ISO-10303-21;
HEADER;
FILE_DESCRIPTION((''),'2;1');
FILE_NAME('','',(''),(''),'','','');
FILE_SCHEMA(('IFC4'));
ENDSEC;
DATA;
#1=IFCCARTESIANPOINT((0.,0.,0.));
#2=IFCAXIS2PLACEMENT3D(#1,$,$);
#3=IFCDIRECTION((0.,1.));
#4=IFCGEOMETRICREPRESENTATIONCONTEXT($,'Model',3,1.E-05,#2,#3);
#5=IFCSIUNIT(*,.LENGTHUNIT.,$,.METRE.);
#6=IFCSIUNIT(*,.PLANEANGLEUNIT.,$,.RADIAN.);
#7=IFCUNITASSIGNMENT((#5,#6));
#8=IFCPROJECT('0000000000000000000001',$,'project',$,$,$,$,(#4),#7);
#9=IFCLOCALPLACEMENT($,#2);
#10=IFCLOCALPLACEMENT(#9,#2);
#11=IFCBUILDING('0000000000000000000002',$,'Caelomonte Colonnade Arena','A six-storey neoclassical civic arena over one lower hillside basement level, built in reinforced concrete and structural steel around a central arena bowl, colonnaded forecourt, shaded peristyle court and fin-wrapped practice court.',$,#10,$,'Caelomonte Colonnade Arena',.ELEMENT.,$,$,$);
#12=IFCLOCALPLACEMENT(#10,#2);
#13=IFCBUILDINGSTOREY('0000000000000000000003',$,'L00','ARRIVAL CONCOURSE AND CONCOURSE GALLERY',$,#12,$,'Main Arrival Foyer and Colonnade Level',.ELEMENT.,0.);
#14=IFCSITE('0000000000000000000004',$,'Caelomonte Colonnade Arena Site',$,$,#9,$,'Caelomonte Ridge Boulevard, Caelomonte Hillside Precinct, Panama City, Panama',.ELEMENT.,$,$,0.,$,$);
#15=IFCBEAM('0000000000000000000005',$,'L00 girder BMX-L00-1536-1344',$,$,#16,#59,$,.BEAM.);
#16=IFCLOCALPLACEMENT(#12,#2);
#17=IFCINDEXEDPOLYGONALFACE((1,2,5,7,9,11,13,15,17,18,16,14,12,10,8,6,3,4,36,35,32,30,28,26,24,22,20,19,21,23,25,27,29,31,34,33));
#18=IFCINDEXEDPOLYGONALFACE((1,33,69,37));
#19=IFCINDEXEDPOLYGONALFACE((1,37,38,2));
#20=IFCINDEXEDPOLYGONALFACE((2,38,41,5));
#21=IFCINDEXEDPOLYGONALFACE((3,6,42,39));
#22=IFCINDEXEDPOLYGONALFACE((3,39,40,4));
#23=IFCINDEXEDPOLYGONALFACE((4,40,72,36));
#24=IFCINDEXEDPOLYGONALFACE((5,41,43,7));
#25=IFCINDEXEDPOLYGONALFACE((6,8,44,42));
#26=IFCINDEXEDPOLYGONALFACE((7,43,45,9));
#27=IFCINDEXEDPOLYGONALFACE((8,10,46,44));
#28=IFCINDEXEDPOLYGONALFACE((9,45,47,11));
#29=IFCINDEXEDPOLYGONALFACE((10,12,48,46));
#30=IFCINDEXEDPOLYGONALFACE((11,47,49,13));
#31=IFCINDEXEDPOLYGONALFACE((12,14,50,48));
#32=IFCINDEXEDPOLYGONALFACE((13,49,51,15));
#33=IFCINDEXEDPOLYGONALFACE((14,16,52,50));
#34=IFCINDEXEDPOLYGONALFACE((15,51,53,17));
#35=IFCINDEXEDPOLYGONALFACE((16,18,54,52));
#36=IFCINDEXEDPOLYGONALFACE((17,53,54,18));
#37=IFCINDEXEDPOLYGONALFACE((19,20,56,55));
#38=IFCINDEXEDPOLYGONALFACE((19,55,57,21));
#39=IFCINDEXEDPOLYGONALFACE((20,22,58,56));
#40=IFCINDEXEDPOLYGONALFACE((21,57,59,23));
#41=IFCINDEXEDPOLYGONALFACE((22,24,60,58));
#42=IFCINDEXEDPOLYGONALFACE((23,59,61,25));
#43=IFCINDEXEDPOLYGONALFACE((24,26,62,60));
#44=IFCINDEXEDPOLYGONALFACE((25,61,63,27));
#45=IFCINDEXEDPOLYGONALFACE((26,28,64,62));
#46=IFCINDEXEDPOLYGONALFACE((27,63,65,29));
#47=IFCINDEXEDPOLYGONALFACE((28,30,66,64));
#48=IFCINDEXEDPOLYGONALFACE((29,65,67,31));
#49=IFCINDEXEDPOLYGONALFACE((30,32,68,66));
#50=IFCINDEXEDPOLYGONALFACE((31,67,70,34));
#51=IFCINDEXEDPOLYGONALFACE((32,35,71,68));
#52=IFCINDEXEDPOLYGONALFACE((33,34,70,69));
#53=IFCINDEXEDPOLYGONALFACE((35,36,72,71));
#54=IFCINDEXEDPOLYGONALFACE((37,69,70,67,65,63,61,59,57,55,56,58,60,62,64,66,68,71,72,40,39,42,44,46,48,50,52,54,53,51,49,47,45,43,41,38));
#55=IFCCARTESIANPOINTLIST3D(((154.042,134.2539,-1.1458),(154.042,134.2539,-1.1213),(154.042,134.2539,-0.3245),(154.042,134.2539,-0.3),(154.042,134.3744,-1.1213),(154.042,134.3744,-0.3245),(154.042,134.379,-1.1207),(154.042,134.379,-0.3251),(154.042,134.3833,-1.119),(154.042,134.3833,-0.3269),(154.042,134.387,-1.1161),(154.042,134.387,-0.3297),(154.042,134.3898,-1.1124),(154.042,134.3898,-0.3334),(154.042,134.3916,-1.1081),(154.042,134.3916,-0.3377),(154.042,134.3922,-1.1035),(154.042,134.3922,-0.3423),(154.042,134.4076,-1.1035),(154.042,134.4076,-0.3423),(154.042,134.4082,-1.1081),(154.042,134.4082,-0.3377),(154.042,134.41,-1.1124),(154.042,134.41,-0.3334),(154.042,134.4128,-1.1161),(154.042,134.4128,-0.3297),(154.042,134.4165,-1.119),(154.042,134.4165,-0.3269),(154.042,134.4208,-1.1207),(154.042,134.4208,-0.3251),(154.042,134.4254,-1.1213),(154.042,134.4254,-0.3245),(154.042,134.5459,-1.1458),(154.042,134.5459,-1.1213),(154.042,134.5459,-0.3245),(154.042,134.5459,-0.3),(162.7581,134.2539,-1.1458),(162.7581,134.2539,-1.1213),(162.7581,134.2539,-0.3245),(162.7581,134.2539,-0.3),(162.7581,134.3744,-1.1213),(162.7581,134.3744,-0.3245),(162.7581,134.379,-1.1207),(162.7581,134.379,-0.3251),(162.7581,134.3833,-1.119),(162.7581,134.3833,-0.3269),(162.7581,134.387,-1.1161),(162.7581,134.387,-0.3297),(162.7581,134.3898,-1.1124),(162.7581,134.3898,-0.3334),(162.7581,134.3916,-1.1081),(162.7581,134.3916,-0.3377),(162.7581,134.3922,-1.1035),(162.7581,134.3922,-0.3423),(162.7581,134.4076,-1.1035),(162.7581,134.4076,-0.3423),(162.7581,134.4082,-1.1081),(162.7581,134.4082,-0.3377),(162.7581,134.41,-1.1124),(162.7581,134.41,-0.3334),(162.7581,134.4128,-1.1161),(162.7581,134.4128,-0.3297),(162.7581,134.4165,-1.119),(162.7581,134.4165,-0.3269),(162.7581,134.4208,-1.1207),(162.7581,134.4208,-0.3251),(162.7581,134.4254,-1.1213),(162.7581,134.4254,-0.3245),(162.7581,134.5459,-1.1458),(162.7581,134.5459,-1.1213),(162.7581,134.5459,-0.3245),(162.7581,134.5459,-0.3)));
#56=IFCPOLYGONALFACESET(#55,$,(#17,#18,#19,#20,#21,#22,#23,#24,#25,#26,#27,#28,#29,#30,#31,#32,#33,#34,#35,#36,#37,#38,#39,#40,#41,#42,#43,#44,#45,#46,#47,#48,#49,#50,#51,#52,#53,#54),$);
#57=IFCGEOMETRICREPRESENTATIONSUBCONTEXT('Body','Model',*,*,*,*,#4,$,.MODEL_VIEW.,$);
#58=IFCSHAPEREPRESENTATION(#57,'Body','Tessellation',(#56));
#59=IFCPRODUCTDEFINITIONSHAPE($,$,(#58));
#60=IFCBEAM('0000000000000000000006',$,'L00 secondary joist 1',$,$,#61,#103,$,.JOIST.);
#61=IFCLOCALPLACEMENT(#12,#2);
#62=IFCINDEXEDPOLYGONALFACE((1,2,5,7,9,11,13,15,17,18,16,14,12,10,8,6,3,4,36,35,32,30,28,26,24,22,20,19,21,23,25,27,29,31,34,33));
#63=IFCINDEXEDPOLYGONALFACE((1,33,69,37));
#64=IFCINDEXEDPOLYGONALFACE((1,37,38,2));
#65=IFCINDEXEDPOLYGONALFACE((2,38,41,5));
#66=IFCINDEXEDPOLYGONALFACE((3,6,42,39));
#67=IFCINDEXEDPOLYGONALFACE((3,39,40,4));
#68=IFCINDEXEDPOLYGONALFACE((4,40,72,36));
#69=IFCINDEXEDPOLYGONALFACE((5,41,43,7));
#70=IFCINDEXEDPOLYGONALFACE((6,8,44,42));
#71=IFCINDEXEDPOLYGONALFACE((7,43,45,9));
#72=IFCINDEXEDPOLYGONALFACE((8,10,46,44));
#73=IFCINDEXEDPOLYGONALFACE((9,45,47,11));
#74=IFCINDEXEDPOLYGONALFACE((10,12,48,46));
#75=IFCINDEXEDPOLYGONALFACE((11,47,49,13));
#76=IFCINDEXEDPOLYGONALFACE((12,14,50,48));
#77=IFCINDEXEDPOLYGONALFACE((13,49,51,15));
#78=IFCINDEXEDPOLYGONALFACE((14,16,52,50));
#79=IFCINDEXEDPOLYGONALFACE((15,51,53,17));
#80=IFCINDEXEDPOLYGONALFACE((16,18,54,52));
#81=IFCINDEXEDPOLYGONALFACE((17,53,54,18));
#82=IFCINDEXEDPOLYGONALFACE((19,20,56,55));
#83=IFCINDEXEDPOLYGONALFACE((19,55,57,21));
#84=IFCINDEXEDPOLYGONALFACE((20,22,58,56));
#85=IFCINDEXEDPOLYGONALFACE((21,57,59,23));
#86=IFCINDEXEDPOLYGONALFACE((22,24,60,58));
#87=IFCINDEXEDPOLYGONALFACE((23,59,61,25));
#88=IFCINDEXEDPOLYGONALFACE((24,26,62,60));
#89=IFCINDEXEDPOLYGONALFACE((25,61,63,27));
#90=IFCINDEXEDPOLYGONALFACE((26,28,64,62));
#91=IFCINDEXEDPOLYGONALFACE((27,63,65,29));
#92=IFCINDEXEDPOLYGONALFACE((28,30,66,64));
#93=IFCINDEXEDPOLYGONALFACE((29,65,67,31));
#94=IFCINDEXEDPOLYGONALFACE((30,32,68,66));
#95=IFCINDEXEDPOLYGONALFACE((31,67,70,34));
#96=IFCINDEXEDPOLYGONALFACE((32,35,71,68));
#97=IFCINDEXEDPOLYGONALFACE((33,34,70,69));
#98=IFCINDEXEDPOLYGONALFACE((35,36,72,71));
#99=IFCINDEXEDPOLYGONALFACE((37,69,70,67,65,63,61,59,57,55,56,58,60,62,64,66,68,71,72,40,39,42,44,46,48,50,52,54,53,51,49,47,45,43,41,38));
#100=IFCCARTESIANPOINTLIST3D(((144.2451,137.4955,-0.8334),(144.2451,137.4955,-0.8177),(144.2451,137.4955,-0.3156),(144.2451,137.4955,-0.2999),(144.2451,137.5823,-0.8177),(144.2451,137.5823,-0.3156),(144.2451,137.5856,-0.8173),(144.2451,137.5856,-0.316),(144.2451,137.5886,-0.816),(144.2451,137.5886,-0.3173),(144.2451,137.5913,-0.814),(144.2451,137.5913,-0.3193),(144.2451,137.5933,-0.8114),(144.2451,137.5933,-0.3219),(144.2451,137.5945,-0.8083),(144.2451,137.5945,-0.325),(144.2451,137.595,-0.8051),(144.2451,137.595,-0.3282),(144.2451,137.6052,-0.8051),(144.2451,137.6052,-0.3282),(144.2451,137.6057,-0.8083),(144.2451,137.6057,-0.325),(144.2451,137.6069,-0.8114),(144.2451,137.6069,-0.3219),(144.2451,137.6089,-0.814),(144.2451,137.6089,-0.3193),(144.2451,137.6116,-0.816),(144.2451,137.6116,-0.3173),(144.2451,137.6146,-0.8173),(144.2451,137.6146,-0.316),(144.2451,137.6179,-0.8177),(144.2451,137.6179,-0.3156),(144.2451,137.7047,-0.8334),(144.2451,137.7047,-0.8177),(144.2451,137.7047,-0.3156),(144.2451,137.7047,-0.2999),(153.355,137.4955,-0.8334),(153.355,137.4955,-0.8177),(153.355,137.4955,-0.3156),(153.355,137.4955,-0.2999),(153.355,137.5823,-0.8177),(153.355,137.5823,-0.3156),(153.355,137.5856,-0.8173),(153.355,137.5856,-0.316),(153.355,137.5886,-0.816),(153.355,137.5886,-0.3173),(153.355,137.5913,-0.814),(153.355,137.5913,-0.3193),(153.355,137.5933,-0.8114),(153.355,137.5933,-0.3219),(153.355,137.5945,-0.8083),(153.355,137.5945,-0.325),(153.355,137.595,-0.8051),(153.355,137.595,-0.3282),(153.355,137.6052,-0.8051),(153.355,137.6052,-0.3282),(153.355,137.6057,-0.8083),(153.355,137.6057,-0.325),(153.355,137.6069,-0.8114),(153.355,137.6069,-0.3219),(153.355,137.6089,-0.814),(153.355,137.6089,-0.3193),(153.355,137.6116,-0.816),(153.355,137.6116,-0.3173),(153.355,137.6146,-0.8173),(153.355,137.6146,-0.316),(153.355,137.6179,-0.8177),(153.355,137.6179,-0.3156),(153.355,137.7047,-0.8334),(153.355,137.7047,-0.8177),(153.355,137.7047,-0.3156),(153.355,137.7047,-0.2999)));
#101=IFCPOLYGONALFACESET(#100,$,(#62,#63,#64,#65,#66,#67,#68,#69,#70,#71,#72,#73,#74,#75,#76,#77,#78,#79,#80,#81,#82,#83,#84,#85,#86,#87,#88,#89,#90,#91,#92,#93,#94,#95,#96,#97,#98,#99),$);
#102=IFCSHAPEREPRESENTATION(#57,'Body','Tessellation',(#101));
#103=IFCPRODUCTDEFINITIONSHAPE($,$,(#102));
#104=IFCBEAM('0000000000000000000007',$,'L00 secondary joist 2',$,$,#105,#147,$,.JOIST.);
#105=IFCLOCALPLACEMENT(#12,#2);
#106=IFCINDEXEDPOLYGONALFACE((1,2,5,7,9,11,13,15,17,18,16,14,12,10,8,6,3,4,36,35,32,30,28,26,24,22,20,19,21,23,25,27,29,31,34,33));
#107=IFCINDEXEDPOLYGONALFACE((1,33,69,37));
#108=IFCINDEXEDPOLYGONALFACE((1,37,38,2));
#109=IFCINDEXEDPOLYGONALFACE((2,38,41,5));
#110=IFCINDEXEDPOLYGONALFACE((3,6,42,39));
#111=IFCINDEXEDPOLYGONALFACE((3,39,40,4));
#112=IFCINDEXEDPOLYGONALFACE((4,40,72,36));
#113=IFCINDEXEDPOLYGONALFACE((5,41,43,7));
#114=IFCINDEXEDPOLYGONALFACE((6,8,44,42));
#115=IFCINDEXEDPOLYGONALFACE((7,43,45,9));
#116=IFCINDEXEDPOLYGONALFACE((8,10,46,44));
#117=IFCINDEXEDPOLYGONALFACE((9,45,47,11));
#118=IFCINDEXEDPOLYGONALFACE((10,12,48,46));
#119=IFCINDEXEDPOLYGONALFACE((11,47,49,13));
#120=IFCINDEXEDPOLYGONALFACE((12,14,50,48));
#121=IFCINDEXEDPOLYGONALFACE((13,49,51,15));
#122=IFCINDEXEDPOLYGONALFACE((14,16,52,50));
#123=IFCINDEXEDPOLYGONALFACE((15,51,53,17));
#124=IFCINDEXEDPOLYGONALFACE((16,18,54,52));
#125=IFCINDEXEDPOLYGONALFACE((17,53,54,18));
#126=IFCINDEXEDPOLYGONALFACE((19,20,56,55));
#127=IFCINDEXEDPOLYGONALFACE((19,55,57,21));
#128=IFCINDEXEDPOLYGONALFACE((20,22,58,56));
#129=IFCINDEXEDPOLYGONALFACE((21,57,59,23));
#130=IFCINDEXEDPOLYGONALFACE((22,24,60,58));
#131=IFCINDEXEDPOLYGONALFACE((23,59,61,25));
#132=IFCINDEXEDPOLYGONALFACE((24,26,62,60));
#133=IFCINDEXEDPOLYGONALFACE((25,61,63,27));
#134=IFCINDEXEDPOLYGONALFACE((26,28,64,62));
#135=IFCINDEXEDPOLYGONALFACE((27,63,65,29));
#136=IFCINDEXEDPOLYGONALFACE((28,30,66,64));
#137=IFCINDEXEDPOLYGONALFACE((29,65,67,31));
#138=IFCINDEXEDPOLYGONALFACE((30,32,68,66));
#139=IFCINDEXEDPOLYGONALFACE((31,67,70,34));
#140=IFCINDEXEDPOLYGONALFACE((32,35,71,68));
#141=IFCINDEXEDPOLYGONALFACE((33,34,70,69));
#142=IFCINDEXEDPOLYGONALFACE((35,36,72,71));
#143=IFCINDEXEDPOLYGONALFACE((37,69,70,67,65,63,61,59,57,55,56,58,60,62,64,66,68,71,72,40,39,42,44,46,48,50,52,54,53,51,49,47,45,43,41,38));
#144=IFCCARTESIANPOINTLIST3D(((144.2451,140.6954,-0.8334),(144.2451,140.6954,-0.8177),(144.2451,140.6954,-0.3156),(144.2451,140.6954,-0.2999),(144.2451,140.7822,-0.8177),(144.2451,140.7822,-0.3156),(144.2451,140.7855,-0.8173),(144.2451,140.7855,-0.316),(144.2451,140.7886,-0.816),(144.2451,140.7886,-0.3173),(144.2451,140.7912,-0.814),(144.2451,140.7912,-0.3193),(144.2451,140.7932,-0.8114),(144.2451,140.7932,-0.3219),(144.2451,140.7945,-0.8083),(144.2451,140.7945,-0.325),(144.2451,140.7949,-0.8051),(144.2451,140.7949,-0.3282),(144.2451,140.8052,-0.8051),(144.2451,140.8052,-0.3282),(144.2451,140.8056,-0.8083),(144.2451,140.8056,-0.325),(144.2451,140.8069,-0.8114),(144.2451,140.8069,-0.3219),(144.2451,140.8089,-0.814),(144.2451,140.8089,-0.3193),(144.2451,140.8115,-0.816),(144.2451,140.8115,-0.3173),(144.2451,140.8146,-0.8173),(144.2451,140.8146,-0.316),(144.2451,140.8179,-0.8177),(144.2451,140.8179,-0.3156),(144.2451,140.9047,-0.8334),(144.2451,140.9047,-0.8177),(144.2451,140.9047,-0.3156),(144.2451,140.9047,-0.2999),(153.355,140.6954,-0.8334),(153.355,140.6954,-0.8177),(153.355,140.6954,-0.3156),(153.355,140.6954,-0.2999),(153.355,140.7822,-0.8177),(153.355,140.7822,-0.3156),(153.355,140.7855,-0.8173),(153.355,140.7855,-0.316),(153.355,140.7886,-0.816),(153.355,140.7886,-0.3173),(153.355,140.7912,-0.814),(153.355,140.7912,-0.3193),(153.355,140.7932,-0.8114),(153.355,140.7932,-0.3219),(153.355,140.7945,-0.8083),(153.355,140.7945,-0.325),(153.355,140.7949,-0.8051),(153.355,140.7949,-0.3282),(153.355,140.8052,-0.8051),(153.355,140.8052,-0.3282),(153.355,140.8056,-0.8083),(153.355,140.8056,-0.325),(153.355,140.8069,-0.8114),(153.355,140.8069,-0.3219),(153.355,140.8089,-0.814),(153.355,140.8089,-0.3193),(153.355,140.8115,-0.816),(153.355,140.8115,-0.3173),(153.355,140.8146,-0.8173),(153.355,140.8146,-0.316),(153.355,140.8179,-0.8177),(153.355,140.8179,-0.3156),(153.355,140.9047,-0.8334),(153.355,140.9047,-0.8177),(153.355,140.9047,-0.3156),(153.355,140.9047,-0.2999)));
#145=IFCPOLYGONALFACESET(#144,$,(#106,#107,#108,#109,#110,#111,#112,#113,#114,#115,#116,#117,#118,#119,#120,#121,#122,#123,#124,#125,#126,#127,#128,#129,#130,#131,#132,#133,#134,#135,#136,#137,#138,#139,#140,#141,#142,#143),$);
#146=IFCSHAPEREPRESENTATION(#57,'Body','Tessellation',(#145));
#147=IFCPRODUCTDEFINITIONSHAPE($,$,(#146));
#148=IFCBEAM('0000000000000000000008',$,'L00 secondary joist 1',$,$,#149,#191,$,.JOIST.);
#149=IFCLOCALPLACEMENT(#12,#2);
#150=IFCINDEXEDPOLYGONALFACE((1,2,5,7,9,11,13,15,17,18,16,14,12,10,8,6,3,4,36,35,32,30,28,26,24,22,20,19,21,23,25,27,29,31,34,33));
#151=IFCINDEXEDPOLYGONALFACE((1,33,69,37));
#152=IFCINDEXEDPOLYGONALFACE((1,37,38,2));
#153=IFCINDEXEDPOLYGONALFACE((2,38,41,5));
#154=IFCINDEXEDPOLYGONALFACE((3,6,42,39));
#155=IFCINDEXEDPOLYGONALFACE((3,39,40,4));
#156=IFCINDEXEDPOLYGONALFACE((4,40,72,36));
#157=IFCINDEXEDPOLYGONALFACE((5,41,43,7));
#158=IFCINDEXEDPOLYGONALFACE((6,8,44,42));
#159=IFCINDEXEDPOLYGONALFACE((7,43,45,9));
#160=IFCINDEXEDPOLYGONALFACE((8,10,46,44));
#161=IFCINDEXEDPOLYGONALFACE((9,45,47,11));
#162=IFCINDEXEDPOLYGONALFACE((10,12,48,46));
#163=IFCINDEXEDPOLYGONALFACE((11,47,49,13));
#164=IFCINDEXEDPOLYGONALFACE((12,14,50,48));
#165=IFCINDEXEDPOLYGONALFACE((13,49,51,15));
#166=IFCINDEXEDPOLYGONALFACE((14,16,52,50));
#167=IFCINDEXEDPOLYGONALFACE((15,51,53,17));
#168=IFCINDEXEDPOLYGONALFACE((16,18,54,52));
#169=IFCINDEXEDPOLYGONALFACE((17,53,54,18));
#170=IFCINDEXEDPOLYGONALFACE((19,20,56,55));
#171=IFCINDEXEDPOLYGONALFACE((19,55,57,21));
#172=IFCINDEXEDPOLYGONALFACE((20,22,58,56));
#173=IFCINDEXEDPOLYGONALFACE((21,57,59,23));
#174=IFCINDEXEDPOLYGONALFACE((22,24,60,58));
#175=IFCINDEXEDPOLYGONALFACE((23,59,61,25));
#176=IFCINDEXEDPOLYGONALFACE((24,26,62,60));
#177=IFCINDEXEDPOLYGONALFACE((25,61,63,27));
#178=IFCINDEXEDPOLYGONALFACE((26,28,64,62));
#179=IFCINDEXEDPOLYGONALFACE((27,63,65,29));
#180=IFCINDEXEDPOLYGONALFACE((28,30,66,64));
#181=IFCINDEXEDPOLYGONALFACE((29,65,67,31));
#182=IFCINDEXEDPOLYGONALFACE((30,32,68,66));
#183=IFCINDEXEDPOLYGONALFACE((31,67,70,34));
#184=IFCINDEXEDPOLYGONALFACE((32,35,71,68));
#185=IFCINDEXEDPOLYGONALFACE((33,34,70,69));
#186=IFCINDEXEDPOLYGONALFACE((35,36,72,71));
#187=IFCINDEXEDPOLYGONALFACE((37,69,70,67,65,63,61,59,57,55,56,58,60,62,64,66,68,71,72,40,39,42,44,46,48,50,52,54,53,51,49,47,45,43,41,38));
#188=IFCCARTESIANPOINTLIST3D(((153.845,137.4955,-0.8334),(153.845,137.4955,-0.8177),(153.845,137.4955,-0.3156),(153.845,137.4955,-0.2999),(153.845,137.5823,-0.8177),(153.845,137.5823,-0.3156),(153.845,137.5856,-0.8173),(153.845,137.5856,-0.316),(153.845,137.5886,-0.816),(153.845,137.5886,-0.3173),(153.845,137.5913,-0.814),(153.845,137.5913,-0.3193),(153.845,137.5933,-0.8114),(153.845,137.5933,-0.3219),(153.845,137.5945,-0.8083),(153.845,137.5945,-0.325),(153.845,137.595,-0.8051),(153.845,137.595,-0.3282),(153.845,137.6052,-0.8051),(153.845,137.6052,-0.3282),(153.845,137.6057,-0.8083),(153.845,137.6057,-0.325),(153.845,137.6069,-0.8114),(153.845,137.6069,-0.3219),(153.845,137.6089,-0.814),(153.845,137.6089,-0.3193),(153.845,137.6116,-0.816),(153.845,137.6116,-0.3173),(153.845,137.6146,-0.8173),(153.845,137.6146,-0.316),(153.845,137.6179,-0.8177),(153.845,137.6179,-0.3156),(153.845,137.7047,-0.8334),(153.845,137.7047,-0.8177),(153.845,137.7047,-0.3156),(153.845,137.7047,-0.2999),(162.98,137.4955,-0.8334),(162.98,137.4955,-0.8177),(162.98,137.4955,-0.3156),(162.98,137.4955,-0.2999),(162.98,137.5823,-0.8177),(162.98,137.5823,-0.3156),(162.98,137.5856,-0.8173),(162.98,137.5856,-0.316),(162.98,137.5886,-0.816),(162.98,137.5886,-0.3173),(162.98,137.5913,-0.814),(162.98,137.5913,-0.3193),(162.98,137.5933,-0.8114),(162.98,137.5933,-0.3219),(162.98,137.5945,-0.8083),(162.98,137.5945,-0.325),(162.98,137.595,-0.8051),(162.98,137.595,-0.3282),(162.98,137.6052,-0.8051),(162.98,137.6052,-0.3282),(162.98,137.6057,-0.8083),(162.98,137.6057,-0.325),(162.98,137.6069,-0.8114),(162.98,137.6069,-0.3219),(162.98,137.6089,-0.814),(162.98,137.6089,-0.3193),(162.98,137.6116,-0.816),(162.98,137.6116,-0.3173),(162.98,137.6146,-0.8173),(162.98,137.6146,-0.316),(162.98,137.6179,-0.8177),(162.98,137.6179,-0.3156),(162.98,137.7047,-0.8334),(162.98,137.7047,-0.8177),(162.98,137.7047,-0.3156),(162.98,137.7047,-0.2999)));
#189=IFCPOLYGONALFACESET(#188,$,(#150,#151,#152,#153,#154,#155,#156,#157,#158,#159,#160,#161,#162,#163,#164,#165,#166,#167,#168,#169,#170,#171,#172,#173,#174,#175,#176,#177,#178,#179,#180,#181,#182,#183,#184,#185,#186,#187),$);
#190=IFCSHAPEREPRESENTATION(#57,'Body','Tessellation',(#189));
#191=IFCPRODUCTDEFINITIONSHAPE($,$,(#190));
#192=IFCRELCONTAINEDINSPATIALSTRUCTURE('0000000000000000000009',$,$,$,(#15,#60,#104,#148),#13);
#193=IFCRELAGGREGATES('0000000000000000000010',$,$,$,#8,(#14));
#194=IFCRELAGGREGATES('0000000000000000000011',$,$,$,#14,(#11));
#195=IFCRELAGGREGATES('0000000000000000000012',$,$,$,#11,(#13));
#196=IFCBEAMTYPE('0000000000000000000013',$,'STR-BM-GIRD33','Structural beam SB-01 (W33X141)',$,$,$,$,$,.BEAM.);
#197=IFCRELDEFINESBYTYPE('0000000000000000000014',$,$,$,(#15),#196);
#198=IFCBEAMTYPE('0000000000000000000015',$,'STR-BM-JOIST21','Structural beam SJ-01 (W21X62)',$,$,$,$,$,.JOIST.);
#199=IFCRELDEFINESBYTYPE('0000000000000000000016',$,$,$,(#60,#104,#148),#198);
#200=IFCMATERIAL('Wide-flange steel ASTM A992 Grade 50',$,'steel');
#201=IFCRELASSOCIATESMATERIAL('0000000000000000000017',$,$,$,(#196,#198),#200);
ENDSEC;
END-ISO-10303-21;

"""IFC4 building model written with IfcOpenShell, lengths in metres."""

from ifc_helpers import new_model, si_unit, direction, frame, origin, origin_2d, place, context, subcontext, project, spatial, i_section, extrude, material, material_profile, profile_set, type_object, element, save


model = new_model("IFC4")

# Units and contexts
model_context = context("Model", 3, precision=1e-05, world=origin(), true_north=direction((0.0, 1.0)))
body_context = subcontext(model_context, "Body", "Model", "MODEL_VIEW")
ifc_project = project(units=[si_unit("LENGTHUNIT", "METRE"), si_unit("PLANEANGLEUNIT", "RADIAN")], contexts=[model_context])

# Site, building, storey
site_placement = place(None, origin())
site = spatial("IfcSite", under=ifc_project, at=site_placement, Name="Caelomonte Colonnade Arena Site", LongName="Caelomonte Ridge Boulevard, Caelomonte Hillside Precinct, Panama City, Panama", CompositionType="ELEMENT", RefElevation=0.0)
building_placement = place(site_placement, origin())
building = spatial("IfcBuilding", under=site, at=building_placement, Name="Caelomonte Colonnade Arena", Description="A six-storey neoclassical civic arena over one lower hillside basement level, built in reinforced concrete and structural steel around a central arena bowl, colonnaded forecourt, shaded peristyle court and fin-wrapped practice court.", LongName="Caelomonte Colonnade Arena", CompositionType="ELEMENT")
storey_placement = place(building_placement, origin())
storey = spatial("IfcBuildingStorey", under=building, at=storey_placement, Name="L00", Description="ARRIVAL CONCOURSE AND CONCOURSE GALLERY", LongName="Main Arrival Foyer and Colonnade Level", CompositionType="ELEMENT", Elevation=0.0)

# Beams
ifc_material_1 = material(Name="Wide-flange steel ASTM A992 Grade 50", Category="steel")
ifc_material_profile_1 = material_profile(ifc_material_1, i_section(OverallWidth=0.292, OverallDepth=0.8457, WebThickness=0.0154, FlangeThickness=0.0244, FilletRadius=0.0178, at=origin_2d()), Name="W33X141")
ifc_profile_set_1 = profile_set([ifc_material_profile_1], Name="Wide-flange steel ASTM A992 Grade 50")
beam_type_1 = type_object("IfcBeamType", Name="STR-BM-GIRD33", Description="Structural beam SB-01 (W33X141)", PredefinedType="BEAM", material=ifc_profile_set_1)
for number, where, z_axis, x_axis, name in (
    (1, (154.042, 134.3999, -0.7229), (1.0, 0.0, 0.0), (0.0, 1.0, 0.0), "L00 girder BMX-L00-1536-1344"),
):
    element("IfcBeam", number, at=place(storey_placement, frame(where, z_axis=z_axis, x_axis=x_axis)), inside=storey, type_object=beam_type_1, Name=name, PredefinedType="BEAM", context=body_context, shape_type="SweptSolid", body=[
        extrude(i_section(OverallWidth=0.292, OverallDepth=0.8457, WebThickness=0.0154, FlangeThickness=0.0244, FilletRadius=0.0178, at=origin_2d()), origin(), (0.0, 0.0, 1.0), 8.7161),
    ])
ifc_material_profile_2 = material_profile(ifc_material_1, i_section(OverallWidth=0.2092, OverallDepth=0.5334, WebThickness=0.0103, FlangeThickness=0.0156, FilletRadius=0.0127, at=origin_2d()), Name="W21X62")
ifc_profile_set_2 = profile_set([ifc_material_profile_2], Name="Wide-flange steel ASTM A992 Grade 50")
beam_type_2 = type_object("IfcBeamType", Name="STR-BM-JOIST21", Description="Structural beam SJ-01 (W21X62)", PredefinedType="JOIST", material=ifc_profile_set_2)
for number, where, z_axis, x_axis, name in (
    (2, (144.2451, 137.6001, -0.5667), (1.0, 0.0, 0.0), (0.0, 1.0, 0.0), "L00 secondary joist 1"),
    (3, (144.2451, 140.8, -0.5667), (1.0, 0.0, 0.0), (0.0, 1.0, 0.0), "L00 secondary joist 2"),
):
    element("IfcBeam", number, at=place(storey_placement, frame(where, z_axis=z_axis, x_axis=x_axis)), inside=storey, type_object=beam_type_2, Name=name, PredefinedType="JOIST", context=body_context, shape_type="SweptSolid", body=[
        extrude(i_section(OverallWidth=0.2092, OverallDepth=0.5334, WebThickness=0.0103, FlangeThickness=0.0156, FilletRadius=0.0127, at=origin_2d()), origin(), (0.0, 0.0, 1.0), 9.1099),
    ])
for number, where, z_axis, x_axis, name in (
    (4, (153.845, 137.6001, -0.5667), (1.0, 0.0, 0.0), (0.0, 1.0, 0.0), "L00 secondary joist 1"),
):
    element("IfcBeam", number, at=place(storey_placement, frame(where, z_axis=z_axis, x_axis=x_axis)), inside=storey, type_object=beam_type_2, Name=name, PredefinedType="JOIST", context=body_context, shape_type="SweptSolid", body=[
        extrude(i_section(OverallWidth=0.2092, OverallDepth=0.5334, WebThickness=0.0103, FlangeThickness=0.0156, FilletRadius=0.0127, at=origin_2d()), origin(), (0.0, 0.0, 1.0), 9.135),
    ])

save(model, "model.ifc")
